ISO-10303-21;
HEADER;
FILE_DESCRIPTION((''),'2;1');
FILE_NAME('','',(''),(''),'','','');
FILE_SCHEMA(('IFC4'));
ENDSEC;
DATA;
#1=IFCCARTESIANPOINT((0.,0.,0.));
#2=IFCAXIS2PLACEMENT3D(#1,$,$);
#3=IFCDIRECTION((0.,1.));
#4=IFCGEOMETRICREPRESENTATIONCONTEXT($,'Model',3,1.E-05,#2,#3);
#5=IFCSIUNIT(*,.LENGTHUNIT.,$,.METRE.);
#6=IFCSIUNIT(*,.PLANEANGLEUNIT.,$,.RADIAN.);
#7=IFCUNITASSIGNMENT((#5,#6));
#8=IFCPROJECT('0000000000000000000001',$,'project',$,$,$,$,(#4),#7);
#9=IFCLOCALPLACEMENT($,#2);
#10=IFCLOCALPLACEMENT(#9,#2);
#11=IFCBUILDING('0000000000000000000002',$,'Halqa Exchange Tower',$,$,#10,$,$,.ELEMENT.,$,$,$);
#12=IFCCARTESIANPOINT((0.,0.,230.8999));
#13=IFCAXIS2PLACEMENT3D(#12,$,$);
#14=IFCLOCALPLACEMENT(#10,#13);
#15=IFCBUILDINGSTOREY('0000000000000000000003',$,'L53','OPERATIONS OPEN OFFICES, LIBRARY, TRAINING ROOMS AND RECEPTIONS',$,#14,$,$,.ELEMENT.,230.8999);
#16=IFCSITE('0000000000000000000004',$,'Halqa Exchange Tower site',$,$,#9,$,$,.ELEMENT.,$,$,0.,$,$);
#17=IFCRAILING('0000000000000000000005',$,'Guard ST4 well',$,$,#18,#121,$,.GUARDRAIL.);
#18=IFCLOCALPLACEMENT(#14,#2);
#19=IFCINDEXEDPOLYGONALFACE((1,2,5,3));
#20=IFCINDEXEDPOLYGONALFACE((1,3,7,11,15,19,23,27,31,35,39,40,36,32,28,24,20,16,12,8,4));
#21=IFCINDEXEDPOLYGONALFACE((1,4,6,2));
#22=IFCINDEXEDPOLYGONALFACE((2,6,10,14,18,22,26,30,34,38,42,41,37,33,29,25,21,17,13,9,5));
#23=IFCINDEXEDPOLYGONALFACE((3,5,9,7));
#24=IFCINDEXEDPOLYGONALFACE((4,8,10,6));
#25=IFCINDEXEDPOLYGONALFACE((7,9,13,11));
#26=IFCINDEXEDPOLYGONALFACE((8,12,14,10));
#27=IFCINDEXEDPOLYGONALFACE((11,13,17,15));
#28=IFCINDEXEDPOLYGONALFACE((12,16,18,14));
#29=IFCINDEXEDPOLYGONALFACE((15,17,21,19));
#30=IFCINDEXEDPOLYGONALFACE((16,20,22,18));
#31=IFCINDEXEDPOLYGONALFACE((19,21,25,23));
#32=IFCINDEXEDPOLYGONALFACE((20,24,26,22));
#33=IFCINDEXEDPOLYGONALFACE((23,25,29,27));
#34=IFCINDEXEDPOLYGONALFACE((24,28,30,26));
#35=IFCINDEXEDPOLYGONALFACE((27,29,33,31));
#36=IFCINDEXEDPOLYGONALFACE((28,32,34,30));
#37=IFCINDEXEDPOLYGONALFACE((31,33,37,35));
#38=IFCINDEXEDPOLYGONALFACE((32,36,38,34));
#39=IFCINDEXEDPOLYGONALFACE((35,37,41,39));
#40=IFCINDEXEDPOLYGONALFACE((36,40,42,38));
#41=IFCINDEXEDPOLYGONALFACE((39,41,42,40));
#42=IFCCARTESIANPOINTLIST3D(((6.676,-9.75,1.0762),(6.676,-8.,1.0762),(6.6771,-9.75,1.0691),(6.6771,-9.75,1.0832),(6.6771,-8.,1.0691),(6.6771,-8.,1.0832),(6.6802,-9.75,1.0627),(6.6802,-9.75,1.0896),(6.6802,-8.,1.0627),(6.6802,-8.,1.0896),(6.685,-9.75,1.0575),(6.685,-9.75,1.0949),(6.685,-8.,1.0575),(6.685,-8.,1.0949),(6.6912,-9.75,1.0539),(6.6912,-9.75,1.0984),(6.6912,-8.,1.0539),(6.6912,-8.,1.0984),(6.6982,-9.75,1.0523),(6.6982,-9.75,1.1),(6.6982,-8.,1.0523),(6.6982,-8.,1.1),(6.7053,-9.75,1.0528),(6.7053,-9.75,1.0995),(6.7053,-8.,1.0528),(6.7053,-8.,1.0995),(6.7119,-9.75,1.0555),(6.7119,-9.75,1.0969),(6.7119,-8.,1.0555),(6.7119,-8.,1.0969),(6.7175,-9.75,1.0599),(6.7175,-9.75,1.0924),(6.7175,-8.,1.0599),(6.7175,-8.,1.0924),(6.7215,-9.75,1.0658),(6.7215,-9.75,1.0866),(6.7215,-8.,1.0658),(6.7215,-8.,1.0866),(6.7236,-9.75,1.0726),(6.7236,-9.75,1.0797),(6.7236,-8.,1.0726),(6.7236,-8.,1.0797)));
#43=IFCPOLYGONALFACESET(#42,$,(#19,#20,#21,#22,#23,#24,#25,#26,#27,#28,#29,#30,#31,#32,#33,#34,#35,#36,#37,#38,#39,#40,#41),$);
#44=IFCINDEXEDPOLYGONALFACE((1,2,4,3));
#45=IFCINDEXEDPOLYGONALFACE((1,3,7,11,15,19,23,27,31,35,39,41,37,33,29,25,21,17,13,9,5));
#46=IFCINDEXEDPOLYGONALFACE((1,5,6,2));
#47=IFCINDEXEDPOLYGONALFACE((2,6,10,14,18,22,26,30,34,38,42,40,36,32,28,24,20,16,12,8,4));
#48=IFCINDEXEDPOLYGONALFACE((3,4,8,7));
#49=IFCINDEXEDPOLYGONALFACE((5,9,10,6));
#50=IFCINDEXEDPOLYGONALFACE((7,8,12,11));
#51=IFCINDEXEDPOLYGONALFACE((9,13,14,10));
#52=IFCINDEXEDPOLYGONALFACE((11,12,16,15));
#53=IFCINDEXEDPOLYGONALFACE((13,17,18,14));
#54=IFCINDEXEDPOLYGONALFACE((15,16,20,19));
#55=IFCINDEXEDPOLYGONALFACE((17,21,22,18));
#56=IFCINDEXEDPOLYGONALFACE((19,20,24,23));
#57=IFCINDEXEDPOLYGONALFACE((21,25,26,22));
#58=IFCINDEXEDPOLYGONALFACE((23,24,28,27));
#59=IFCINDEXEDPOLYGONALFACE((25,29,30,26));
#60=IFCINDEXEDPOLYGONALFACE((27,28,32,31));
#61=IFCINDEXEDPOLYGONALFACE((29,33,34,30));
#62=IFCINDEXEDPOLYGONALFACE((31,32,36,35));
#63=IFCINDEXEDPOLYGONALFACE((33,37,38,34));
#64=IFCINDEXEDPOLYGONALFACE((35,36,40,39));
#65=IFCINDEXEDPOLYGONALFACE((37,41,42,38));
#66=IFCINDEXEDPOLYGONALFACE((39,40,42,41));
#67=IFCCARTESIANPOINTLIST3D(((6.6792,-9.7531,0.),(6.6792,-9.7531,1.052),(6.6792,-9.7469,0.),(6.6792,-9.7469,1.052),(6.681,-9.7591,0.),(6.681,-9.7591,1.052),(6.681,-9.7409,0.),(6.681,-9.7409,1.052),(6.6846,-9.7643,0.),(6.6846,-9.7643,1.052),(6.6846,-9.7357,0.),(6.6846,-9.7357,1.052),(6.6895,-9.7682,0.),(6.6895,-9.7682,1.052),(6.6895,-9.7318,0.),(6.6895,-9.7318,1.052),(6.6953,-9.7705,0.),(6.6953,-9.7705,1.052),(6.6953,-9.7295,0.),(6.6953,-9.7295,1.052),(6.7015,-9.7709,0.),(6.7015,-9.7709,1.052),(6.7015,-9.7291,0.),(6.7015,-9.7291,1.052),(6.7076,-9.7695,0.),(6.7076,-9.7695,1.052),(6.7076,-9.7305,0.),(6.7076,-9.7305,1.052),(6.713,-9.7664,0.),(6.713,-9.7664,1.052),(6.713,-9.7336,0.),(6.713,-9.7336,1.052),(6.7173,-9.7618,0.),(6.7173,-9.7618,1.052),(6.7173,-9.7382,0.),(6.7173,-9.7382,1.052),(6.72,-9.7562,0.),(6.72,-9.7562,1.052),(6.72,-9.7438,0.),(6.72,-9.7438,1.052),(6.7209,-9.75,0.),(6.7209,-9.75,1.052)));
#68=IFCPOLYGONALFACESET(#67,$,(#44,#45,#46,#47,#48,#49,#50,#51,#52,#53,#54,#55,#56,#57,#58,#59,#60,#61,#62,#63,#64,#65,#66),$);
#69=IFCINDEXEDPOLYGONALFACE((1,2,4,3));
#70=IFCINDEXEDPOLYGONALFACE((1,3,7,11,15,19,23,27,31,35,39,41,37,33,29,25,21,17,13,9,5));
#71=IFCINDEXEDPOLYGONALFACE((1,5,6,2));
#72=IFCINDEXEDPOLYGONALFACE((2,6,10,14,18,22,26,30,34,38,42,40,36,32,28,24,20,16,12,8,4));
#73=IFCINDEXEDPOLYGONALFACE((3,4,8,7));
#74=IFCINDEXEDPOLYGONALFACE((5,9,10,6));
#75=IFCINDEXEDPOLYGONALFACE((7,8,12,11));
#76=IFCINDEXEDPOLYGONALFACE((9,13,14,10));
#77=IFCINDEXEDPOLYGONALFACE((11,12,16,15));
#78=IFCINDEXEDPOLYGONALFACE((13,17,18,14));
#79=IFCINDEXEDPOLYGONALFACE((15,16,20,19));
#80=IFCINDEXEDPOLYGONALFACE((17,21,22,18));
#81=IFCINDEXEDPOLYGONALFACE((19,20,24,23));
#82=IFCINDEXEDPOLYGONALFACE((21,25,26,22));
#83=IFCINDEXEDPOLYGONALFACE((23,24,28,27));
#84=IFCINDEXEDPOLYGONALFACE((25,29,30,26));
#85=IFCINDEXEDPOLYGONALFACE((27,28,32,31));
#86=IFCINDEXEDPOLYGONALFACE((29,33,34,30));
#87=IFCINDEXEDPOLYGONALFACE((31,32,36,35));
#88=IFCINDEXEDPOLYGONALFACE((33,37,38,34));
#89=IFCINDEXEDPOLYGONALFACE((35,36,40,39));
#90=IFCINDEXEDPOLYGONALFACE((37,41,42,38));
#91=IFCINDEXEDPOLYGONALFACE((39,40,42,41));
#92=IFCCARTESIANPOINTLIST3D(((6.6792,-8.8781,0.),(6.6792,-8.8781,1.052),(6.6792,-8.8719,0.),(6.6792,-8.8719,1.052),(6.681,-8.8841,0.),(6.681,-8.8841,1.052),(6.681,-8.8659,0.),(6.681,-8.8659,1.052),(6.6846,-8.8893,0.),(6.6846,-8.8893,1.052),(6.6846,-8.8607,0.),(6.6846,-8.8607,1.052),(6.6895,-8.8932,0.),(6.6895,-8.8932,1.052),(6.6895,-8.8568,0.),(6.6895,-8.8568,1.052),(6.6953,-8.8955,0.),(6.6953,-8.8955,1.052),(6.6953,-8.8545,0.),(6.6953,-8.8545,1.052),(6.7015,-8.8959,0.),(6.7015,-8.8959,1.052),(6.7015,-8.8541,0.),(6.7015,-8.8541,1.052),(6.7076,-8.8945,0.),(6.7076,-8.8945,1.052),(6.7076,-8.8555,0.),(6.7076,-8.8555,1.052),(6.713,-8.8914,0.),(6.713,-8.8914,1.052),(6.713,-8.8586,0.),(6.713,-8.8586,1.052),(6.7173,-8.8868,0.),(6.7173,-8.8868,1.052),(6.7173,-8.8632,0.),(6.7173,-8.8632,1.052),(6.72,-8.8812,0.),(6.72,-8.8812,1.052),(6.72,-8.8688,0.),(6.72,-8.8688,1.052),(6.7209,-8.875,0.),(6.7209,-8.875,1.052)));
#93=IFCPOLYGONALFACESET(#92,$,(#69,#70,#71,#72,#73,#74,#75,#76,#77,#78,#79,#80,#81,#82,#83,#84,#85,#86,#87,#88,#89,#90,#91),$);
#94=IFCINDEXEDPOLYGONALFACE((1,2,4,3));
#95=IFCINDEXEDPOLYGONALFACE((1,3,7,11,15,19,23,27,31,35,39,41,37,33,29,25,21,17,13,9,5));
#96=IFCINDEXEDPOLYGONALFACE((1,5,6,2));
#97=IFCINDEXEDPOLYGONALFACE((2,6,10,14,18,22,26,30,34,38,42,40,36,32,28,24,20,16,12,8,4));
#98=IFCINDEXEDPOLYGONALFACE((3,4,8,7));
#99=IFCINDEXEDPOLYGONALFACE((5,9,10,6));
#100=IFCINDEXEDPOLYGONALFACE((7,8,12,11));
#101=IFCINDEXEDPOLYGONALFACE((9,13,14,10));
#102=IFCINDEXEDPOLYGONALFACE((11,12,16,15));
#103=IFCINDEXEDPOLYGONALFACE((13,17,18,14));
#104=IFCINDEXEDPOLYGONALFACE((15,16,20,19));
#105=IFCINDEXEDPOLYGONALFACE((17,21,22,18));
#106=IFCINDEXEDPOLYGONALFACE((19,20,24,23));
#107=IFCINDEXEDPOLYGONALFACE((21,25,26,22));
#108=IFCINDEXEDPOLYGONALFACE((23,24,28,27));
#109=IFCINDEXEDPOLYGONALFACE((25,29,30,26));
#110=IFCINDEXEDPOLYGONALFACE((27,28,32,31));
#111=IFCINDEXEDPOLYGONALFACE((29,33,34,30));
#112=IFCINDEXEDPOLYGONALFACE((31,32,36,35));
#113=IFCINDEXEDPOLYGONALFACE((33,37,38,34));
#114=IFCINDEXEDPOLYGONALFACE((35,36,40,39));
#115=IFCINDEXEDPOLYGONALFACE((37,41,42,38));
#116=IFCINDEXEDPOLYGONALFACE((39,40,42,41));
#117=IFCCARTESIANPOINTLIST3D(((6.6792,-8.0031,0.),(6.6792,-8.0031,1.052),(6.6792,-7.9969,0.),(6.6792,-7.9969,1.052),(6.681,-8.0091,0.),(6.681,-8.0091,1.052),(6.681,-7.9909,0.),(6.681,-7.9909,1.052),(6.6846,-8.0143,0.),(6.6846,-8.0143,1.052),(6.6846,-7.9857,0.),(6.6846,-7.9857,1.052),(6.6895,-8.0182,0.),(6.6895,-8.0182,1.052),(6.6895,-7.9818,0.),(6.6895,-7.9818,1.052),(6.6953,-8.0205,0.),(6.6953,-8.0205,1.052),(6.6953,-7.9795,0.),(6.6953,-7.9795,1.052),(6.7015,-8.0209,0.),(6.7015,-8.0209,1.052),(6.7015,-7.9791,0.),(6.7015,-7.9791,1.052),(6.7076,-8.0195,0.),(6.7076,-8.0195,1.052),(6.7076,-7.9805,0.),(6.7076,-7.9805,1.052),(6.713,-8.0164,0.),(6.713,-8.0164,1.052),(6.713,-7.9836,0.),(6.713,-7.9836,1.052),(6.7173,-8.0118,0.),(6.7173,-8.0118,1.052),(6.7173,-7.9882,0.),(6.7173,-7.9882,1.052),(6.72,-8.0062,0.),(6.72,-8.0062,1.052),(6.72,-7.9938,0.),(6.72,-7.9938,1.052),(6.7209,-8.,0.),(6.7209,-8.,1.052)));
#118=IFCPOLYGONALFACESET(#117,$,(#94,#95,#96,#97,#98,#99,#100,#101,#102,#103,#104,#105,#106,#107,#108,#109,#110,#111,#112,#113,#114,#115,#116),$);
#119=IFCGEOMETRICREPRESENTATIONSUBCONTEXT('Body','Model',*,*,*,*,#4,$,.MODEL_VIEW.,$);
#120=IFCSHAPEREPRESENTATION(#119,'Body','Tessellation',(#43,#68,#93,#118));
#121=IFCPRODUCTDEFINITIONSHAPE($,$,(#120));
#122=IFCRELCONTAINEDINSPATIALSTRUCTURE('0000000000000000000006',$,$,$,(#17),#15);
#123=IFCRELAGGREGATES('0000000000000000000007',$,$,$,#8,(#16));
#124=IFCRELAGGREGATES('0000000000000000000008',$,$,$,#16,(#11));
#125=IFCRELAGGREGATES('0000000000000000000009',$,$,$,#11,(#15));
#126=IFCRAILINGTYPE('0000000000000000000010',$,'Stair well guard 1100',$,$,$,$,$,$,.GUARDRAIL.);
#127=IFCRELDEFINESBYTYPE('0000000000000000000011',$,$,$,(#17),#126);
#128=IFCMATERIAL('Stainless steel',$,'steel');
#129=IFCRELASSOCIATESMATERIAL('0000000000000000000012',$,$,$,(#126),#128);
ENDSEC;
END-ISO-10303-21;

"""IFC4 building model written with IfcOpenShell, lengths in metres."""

from ifc_helpers import new_model, si_unit, direction, frame, origin, origin_2d, place, context, subcontext, project, spatial, circle, extrude, material, type_object, element, save


model = new_model("IFC4")

# Units and contexts
model_context = context("Model", 3, precision=1e-05, world=origin(), true_north=direction((0.0, 1.0)))
body_context = subcontext(model_context, "Body", "Model", "MODEL_VIEW")
ifc_project = project(units=[si_unit("LENGTHUNIT", "METRE"), si_unit("PLANEANGLEUNIT", "RADIAN")], contexts=[model_context])

# Site, building, storey
site_placement = place(None, origin())
site = spatial("IfcSite", under=ifc_project, at=site_placement, Name="Halqa Exchange Tower site", CompositionType="ELEMENT", RefElevation=0.0)
building_placement = place(site_placement, origin())
building = spatial("IfcBuilding", under=site, at=building_placement, Name="Halqa Exchange Tower", CompositionType="ELEMENT")
storey_placement = place(building_placement, frame((0.0, 0.0, 230.8999)))
storey = spatial("IfcBuildingStorey", under=building, at=storey_placement, Name="L53", Description="OPERATIONS OPEN OFFICES, LIBRARY, TRAINING ROOMS AND RECEPTIONS", CompositionType="ELEMENT", Elevation=230.8999)

# Railing
ifc_material_1 = material(Name="Stainless steel", Category="steel")
railing_type_1 = type_object("IfcRailingType", Name="Stair well guard 1100", PredefinedType="GUARDRAIL", material=ifc_material_1)
railing_1_placement = place(storey_placement, frame((6.7, -9.75, 0.0)))
element("IfcRailing", 1, at=railing_1_placement, inside=storey, type_object=railing_type_1, Name="Guard ST4 well", PredefinedType="GUARDRAIL", context=body_context, shape_type="SweptSolid", body=[
    extrude(circle(Radius=0.0239, at=origin_2d()), frame((0.0, 0.0, 1.0762), z_axis=(0.0, 1.0, 0.0), x_axis=(-1.0, 0.0, 0.0)), (0.0, 0.0, 1.0), 1.75),
    extrude(circle(Radius=0.021, at=origin_2d()), origin(), (0.0, 0.0, 1.0), 1.052),
    extrude(circle(Radius=0.021, at=origin_2d()), frame((0.0, 0.875, 0.0)), (0.0, 0.0, 1.0), 1.052),
    extrude(circle(Radius=0.021, at=origin_2d()), frame((0.0, 1.75, 0.0)), (0.0, 0.0, 1.0), 1.052),
])

save(model, "model.ifc")
